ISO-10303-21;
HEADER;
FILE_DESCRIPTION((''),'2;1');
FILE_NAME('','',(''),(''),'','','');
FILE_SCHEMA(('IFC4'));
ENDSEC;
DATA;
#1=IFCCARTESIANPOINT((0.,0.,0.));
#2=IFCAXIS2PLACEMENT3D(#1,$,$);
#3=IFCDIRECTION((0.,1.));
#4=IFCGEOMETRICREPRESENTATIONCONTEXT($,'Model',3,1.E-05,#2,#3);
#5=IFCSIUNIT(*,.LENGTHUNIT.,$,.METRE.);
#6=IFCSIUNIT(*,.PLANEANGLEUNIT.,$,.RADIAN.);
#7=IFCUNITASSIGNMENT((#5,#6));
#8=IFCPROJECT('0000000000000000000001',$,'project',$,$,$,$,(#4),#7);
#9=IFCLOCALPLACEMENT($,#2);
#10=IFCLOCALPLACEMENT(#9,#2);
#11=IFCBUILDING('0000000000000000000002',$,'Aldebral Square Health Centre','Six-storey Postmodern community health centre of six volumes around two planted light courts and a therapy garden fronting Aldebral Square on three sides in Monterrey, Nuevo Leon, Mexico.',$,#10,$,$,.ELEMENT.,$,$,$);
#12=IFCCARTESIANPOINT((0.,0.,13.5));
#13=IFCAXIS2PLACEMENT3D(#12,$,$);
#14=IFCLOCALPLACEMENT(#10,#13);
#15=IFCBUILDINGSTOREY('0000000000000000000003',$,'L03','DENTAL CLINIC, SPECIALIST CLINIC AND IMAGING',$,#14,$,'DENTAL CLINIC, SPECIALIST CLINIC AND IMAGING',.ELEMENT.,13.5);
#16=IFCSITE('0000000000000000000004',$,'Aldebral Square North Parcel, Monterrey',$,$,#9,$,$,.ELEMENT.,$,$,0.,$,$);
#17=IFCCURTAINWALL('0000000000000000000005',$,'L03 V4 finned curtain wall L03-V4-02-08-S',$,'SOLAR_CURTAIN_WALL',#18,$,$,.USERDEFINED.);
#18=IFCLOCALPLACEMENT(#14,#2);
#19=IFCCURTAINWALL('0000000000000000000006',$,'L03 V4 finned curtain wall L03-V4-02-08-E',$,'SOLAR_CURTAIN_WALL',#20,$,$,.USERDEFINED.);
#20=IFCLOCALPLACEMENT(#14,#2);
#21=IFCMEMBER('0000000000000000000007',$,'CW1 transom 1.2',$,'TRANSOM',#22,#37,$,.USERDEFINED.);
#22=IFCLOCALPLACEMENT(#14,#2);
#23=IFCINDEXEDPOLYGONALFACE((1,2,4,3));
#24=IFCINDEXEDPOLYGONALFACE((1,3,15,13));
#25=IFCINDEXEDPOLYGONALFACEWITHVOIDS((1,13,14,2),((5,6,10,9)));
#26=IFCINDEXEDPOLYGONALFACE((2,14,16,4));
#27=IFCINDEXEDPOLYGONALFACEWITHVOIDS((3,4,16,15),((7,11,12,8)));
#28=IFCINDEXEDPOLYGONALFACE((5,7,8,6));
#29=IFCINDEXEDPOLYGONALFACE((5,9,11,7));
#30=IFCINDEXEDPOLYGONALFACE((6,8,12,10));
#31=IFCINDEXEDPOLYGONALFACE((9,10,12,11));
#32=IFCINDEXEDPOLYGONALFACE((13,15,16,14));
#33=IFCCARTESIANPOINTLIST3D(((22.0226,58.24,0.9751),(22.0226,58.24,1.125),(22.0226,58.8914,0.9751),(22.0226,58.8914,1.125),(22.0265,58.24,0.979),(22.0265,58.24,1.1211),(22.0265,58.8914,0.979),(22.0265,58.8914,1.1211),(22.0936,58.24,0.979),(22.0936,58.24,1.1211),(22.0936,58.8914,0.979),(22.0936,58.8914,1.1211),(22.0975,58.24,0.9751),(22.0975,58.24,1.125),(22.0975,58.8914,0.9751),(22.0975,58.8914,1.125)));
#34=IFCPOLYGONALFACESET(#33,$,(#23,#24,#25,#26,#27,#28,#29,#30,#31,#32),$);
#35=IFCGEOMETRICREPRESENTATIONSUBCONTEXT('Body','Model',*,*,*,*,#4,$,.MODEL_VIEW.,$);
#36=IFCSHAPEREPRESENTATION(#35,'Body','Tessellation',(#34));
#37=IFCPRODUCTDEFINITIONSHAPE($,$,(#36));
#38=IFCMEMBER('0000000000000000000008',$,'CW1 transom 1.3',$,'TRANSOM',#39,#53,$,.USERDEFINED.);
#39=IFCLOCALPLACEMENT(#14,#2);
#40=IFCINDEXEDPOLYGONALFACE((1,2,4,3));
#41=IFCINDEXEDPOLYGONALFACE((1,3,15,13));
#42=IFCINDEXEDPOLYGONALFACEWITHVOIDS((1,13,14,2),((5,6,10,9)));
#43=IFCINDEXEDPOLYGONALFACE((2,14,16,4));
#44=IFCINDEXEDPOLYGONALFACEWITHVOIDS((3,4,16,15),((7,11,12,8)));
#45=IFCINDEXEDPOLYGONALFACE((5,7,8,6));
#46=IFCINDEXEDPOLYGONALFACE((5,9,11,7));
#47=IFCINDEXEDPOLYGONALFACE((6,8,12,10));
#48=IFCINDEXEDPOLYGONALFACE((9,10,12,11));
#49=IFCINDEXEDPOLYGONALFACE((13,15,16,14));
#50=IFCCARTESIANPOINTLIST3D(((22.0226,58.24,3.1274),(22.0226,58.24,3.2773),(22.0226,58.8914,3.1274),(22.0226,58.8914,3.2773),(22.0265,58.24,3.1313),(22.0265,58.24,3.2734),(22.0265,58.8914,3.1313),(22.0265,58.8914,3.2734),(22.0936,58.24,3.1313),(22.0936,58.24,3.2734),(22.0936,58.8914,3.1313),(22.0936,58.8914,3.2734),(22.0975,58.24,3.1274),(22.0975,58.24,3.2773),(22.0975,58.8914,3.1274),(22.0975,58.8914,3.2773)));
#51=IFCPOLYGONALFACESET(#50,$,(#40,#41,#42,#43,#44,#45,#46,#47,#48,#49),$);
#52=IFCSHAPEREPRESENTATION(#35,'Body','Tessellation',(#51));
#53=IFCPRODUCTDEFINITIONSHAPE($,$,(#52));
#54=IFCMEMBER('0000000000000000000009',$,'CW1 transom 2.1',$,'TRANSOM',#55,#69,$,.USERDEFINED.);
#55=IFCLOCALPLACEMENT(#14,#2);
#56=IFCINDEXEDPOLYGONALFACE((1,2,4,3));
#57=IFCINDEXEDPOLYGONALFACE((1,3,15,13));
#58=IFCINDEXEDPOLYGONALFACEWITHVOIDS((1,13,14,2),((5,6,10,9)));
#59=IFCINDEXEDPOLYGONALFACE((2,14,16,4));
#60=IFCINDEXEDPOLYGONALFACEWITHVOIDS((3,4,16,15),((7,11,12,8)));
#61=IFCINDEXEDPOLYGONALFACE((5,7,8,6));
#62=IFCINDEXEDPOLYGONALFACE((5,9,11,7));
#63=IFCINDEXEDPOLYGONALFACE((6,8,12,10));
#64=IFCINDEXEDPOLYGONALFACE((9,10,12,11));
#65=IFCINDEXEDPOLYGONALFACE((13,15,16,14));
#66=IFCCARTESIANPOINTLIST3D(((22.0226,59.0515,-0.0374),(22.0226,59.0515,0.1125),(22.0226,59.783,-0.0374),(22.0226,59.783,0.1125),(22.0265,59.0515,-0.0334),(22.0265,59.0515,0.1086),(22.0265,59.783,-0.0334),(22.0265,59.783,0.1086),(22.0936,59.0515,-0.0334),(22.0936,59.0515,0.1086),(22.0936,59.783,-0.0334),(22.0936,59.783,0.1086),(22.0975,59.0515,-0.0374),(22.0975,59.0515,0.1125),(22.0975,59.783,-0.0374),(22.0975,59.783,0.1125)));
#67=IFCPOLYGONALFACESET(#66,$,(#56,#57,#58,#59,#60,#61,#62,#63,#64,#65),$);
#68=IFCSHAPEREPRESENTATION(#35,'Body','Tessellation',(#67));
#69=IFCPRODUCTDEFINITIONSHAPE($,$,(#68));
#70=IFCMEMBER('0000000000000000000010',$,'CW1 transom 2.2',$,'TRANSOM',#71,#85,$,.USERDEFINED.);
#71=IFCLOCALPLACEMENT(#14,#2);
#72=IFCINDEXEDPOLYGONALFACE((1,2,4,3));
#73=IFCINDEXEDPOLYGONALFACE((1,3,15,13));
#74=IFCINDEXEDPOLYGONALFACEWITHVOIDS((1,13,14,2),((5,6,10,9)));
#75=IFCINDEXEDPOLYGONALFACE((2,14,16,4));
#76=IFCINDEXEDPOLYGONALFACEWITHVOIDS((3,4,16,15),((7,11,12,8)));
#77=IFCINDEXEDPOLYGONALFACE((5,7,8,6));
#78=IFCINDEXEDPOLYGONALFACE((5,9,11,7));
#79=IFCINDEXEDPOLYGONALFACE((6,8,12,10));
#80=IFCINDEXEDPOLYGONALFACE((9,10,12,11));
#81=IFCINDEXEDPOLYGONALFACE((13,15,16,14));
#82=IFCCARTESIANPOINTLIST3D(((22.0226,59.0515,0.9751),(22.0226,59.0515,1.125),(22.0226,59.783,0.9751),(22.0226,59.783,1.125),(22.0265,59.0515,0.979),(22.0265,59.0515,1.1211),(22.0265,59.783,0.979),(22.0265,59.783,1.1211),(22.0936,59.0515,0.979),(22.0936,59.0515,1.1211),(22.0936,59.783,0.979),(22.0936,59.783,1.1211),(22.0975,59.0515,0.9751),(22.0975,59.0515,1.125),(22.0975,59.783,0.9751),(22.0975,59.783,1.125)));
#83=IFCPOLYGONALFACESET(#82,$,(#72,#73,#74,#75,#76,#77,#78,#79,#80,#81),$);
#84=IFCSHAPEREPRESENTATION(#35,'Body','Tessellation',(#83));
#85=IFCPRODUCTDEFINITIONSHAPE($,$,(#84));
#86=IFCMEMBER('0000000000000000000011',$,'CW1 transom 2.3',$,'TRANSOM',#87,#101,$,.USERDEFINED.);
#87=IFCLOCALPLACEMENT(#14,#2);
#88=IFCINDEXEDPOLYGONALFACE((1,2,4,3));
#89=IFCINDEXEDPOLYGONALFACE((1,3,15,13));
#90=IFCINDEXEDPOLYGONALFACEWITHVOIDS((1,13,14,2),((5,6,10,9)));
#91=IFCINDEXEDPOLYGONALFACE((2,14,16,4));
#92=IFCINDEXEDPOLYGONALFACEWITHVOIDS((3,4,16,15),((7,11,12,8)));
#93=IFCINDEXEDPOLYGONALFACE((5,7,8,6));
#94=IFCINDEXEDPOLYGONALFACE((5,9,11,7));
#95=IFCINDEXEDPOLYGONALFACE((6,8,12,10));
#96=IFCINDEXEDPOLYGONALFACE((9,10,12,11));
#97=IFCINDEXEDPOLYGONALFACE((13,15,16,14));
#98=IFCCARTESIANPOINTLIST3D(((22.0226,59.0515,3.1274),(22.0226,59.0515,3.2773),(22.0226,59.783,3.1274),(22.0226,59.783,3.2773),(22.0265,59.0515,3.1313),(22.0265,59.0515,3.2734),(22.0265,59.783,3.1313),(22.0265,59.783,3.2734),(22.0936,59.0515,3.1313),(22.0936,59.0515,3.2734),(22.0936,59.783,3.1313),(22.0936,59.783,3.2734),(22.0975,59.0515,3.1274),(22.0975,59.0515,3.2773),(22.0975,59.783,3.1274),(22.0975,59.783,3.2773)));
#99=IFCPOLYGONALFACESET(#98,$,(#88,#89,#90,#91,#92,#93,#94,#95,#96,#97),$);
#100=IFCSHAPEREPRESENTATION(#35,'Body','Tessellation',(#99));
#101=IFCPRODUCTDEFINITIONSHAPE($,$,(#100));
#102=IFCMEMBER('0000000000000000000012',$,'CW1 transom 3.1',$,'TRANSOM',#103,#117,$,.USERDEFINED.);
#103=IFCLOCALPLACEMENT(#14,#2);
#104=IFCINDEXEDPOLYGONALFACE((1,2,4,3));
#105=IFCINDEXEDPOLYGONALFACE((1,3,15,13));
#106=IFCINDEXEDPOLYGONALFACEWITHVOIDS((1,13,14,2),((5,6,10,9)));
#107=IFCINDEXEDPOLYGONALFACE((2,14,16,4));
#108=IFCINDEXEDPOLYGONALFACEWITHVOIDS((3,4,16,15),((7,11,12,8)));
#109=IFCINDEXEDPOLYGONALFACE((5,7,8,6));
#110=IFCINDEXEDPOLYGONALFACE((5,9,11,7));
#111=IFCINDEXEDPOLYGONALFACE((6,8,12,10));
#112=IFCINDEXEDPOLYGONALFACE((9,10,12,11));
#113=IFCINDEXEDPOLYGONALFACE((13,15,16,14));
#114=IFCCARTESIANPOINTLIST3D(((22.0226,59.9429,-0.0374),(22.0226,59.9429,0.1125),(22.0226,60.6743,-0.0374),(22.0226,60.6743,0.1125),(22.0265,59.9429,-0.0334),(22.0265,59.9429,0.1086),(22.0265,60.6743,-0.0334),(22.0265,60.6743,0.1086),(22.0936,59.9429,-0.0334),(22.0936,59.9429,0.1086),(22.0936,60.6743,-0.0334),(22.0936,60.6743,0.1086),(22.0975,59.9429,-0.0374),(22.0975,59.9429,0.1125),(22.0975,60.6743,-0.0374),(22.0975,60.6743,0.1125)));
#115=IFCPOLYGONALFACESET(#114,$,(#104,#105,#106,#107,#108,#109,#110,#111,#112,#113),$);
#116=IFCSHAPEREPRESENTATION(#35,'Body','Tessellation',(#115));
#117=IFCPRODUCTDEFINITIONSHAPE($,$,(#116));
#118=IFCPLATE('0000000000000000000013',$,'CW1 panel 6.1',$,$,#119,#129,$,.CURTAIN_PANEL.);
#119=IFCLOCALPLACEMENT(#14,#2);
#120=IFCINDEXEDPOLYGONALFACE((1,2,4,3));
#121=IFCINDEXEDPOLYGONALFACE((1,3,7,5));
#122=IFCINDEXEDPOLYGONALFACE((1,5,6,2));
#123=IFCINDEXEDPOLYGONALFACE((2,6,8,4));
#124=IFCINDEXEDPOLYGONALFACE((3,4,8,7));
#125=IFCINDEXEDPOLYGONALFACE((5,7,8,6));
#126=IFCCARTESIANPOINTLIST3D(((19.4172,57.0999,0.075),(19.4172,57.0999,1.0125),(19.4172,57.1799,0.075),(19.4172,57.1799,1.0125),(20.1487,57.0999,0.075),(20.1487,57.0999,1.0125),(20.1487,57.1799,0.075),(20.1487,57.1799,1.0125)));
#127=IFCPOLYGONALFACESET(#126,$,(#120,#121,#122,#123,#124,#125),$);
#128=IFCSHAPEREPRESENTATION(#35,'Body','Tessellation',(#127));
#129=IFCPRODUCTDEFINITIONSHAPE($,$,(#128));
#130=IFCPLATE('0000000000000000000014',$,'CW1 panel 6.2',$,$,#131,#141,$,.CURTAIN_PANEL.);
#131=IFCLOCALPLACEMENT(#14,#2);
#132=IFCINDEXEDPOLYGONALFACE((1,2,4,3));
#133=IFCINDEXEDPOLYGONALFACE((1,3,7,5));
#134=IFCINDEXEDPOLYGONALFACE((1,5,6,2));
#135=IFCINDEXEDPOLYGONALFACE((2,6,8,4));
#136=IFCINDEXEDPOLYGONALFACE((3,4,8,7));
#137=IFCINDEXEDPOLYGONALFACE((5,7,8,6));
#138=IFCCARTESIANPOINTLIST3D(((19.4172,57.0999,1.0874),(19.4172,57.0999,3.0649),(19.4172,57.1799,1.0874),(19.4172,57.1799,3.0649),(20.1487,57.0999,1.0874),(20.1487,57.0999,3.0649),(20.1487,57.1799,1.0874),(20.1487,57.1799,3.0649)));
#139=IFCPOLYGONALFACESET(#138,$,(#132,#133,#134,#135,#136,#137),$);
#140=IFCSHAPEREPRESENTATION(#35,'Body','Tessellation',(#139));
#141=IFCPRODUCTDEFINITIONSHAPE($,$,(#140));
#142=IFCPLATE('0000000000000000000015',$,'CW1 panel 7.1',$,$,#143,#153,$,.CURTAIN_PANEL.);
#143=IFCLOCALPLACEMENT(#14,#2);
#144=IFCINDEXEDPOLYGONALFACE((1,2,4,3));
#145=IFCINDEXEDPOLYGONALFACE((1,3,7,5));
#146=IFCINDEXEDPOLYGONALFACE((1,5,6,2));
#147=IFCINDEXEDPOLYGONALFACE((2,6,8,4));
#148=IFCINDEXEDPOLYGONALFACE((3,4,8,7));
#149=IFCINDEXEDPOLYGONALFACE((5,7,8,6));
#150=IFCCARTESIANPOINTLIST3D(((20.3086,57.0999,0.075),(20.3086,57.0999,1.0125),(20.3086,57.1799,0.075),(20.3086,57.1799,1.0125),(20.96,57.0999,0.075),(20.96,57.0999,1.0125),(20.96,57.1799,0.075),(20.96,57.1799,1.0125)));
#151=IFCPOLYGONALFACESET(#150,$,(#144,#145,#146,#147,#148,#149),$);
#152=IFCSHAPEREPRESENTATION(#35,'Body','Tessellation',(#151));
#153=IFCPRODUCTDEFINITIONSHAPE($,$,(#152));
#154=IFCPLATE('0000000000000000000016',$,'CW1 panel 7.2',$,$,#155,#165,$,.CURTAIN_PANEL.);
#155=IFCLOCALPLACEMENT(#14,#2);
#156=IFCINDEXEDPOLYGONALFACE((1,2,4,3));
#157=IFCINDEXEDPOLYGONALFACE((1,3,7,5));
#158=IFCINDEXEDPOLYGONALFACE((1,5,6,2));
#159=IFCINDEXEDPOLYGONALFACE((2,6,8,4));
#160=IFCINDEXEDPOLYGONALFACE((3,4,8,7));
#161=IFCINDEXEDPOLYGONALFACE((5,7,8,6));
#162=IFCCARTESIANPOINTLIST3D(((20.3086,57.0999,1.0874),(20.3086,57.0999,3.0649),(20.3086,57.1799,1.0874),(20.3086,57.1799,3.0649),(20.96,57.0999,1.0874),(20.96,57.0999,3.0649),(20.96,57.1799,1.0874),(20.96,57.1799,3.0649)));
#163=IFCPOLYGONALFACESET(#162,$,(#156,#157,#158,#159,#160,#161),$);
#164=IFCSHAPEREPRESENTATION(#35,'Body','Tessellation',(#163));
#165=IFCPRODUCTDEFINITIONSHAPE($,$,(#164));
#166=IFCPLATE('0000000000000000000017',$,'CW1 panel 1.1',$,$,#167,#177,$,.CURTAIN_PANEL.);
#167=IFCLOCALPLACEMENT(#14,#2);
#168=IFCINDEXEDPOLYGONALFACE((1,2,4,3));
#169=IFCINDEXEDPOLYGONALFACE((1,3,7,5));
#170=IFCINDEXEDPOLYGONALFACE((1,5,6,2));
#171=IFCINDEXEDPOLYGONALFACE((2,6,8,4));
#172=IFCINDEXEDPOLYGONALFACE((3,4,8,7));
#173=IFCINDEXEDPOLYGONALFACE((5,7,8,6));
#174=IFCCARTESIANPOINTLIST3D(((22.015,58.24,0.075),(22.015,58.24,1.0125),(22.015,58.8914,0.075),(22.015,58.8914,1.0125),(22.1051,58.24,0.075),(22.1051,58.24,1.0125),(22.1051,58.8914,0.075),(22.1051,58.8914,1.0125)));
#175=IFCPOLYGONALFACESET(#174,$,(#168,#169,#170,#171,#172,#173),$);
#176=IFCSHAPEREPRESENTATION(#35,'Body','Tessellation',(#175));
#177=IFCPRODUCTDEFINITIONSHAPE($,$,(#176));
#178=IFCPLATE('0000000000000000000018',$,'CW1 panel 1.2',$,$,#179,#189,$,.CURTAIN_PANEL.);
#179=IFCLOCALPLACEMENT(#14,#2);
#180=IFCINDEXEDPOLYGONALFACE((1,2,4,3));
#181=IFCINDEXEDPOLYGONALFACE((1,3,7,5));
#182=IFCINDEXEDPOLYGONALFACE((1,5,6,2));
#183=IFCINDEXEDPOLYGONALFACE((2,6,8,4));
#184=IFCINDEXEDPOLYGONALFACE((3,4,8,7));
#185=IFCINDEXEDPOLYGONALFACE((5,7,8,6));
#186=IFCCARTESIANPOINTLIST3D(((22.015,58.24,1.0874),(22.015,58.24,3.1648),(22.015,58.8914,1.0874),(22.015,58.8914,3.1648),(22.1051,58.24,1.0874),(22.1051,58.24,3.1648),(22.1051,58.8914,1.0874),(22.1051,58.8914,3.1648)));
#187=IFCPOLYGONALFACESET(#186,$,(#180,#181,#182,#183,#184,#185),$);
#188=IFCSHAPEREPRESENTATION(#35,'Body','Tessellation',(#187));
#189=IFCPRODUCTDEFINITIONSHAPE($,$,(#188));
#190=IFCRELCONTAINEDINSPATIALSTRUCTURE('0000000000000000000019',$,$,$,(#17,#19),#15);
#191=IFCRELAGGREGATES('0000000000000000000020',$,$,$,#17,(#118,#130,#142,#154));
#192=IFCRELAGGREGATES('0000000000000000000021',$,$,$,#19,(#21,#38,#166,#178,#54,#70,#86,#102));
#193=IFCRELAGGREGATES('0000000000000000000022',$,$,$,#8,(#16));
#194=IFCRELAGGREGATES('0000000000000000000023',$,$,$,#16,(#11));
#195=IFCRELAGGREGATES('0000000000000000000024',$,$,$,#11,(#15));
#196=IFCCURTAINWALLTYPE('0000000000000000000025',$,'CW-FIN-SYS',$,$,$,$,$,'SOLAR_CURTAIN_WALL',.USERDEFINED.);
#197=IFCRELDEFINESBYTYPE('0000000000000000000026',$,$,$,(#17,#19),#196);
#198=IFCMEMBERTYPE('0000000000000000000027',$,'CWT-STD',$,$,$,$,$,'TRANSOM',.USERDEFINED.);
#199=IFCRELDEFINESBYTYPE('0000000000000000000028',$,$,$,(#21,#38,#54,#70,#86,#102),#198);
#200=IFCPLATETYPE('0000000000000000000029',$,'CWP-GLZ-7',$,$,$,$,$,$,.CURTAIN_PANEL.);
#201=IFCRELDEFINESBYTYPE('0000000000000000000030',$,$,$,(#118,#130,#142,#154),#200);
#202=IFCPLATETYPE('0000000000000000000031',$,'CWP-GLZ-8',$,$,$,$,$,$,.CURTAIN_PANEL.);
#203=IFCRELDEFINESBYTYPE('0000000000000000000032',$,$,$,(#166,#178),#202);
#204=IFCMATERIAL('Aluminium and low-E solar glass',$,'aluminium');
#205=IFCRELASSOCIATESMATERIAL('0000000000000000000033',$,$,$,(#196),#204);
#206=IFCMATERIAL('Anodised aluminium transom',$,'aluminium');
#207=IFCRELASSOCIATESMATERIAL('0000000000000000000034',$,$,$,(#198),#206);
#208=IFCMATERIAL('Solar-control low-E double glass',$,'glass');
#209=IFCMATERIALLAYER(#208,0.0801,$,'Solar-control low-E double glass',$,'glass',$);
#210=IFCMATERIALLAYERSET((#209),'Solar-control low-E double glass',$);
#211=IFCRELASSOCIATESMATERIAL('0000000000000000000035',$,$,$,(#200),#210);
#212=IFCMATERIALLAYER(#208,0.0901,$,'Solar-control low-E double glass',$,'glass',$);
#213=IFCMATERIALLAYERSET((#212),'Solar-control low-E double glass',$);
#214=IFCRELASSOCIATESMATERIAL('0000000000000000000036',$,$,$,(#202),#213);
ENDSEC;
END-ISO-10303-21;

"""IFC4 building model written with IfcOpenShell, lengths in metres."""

from ifc_helpers import new_model, si_unit, direction, frame, origin, origin_2d, place, context, subcontext, project, spatial, rectangle, hollow_rectangle, extrude, material, layer, layer_set, material_profile, profile_set, type_object, element, aggregate, save


model = new_model("IFC4")

# Units and contexts
model_context = context("Model", 3, precision=1e-05, world=origin(), true_north=direction((0.0, 1.0)))
body_context = subcontext(model_context, "Body", "Model", "MODEL_VIEW")
ifc_project = project(units=[si_unit("LENGTHUNIT", "METRE"), si_unit("PLANEANGLEUNIT", "RADIAN")], contexts=[model_context])

# Site, building, storey
site_placement = place(None, origin())
site = spatial("IfcSite", under=ifc_project, at=site_placement, Name="Aldebral Square North Parcel, Monterrey", CompositionType="ELEMENT", RefElevation=0.0)
building_placement = place(site_placement, origin())
building = spatial("IfcBuilding", under=site, at=building_placement, Name="Aldebral Square Health Centre", Description="Six-storey Postmodern community health centre of six volumes around two planted light courts and a therapy garden fronting Aldebral Square on three sides in Monterrey, Nuevo Leon, Mexico.", CompositionType="ELEMENT")
storey_placement = place(building_placement, frame((0.0, 0.0, 13.5)))
storey = spatial("IfcBuildingStorey", under=building, at=storey_placement, Name="L03", Description="DENTAL CLINIC, SPECIALIST CLINIC AND IMAGING", LongName="DENTAL CLINIC, SPECIALIST CLINIC AND IMAGING", CompositionType="ELEMENT", Elevation=13.5)

# Curtain walls
ifc_material_1 = material(Name="Aluminium and low-E solar glass", Category="aluminium")
curtain_wall_type = type_object("IfcCurtainWallType", Name="CW-FIN-SYS", ElementType="SOLAR_CURTAIN_WALL", PredefinedType="USERDEFINED", material=ifc_material_1)
curtain_wall_1_placement = place(storey_placement, origin())
curtain_wall_1 = element("IfcCurtainWall", 1, at=curtain_wall_1_placement, inside=storey, type_object=curtain_wall_type, Name="L03 V4 finned curtain wall L03-V4-02-08-S", ObjectType="SOLAR_CURTAIN_WALL", PredefinedType="USERDEFINED")
curtain_wall_2_placement = place(storey_placement, origin())
curtain_wall_2 = element("IfcCurtainWall", 2, at=curtain_wall_2_placement, inside=storey, type_object=curtain_wall_type, Name="L03 V4 finned curtain wall L03-V4-02-08-E", ObjectType="SOLAR_CURTAIN_WALL", PredefinedType="USERDEFINED")

# Members
ifc_material_2 = material(Name="Anodised aluminium transom", Category="aluminium")
ifc_material_profile_1 = material_profile(ifc_material_2, hollow_rectangle(XDim=0.075, YDim=0.1499, WallThickness=0.0039, at=origin_2d()), Name="CWT 75x150x4")
ifc_profile_set_1 = profile_set([ifc_material_profile_1], Name="Anodised aluminium transom")
member_type_1 = type_object("IfcMemberType", Name="CWT-STD", ElementType="TRANSOM", PredefinedType="USERDEFINED", material=ifc_profile_set_1)
member_1_placement = place(storey_placement, frame((22.0601, 58.24, 1.05), z_axis=(0.0, 1.0, 0.0), x_axis=(-1.0, 0.0, 0.0)))
member_1 = element("IfcMember", 3, at=member_1_placement, type_object=member_type_1, Name="CW1 transom 1.2", ObjectType="TRANSOM", PredefinedType="USERDEFINED", context=body_context, shape_type="SweptSolid", body=[
    extrude(hollow_rectangle(XDim=0.075, YDim=0.1499, WallThickness=0.0039, at=origin_2d()), origin(), (0.0, 0.0, 1.0), 0.6514),
])
member_2_placement = place(storey_placement, frame((22.0601, 58.24, 3.2024), z_axis=(0.0, 1.0, 0.0), x_axis=(-1.0, 0.0, 0.0)))
member_2 = element("IfcMember", 4, at=member_2_placement, type_object=member_type_1, Name="CW1 transom 1.3", ObjectType="TRANSOM", PredefinedType="USERDEFINED", context=body_context, shape_type="SweptSolid", body=[
    extrude(hollow_rectangle(XDim=0.075, YDim=0.1499, WallThickness=0.0039, at=origin_2d()), origin(), (0.0, 0.0, 1.0), 0.6514),
])
member_3_placement = place(storey_placement, frame((22.0601, 59.0515, 0.0376), z_axis=(0.0, 1.0, 0.0), x_axis=(-1.0, 0.0, 0.0)))
member_3 = element("IfcMember", 5, at=member_3_placement, type_object=member_type_1, Name="CW1 transom 2.1", ObjectType="TRANSOM", PredefinedType="USERDEFINED", context=body_context, shape_type="SweptSolid", body=[
    extrude(hollow_rectangle(XDim=0.075, YDim=0.1499, WallThickness=0.0039, at=origin_2d()), origin(), (0.0, 0.0, 1.0), 0.7314),
])
member_4_placement = place(storey_placement, frame((22.0601, 59.0515, 1.05), z_axis=(0.0, 1.0, 0.0), x_axis=(-1.0, 0.0, 0.0)))
member_4 = element("IfcMember", 6, at=member_4_placement, type_object=member_type_1, Name="CW1 transom 2.2", ObjectType="TRANSOM", PredefinedType="USERDEFINED", context=body_context, shape_type="SweptSolid", body=[
    extrude(hollow_rectangle(XDim=0.075, YDim=0.1499, WallThickness=0.0039, at=origin_2d()), origin(), (0.0, 0.0, 1.0), 0.7314),
])
member_5_placement = place(storey_placement, frame((22.0601, 59.0515, 3.2024), z_axis=(0.0, 1.0, 0.0), x_axis=(-1.0, 0.0, 0.0)))
member_5 = element("IfcMember", 7, at=member_5_placement, type_object=member_type_1, Name="CW1 transom 2.3", ObjectType="TRANSOM", PredefinedType="USERDEFINED", context=body_context, shape_type="SweptSolid", body=[
    extrude(hollow_rectangle(XDim=0.075, YDim=0.1499, WallThickness=0.0039, at=origin_2d()), origin(), (0.0, 0.0, 1.0), 0.7314),
])
member_6_placement = place(storey_placement, frame((22.0601, 59.9429, 0.0376), z_axis=(0.0, 1.0, 0.0), x_axis=(-1.0, 0.0, 0.0)))
member_6 = element("IfcMember", 8, at=member_6_placement, type_object=member_type_1, Name="CW1 transom 3.1", ObjectType="TRANSOM", PredefinedType="USERDEFINED", context=body_context, shape_type="SweptSolid", body=[
    extrude(hollow_rectangle(XDim=0.075, YDim=0.1499, WallThickness=0.0039, at=origin_2d()), origin(), (0.0, 0.0, 1.0), 0.7314),
])

# Plates
ifc_material_3 = material(Name="Solar-control low-E double glass", Category="glass")
ifc_layer_1 = layer(ifc_material_3, 0.0801, Name="Solar-control low-E double glass", Category="glass")
ifc_layer_set_1 = layer_set([ifc_layer_1], Name="Solar-control low-E double glass")
plate_type_1 = type_object("IfcPlateType", Name="CWP-GLZ-7", PredefinedType="CURTAIN_PANEL", material=ifc_layer_set_1)
plate_1_placement = place(storey_placement, frame((19.783, 57.1399, 0.075), z_axis=(0.0, 0.0, 1.0), x_axis=(1.0, 0.0, 0.0)))
plate_1 = element("IfcPlate", 9, at=plate_1_placement, type_object=plate_type_1, Name="CW1 panel 6.1", PredefinedType="CURTAIN_PANEL", context=body_context, shape_type="SweptSolid", body=[
    extrude(rectangle(XDim=0.7314, YDim=0.0801, at=origin_2d()), origin(), (0.0, 0.0, 1.0), 0.9375),
])
plate_2_placement = place(storey_placement, frame((19.783, 57.1399, 1.0874), z_axis=(0.0, 0.0, 1.0), x_axis=(1.0, 0.0, 0.0)))
plate_2 = element("IfcPlate", 10, at=plate_2_placement, type_object=plate_type_1, Name="CW1 panel 6.2", PredefinedType="CURTAIN_PANEL", context=body_context, shape_type="SweptSolid", body=[
    extrude(rectangle(XDim=0.7314, YDim=0.0801, at=origin_2d()), origin(), (0.0, 0.0, 1.0), 1.9775),
])
plate_3_placement = place(storey_placement, frame((20.6343, 57.1399, 0.075), z_axis=(0.0, 0.0, 1.0), x_axis=(1.0, 0.0, 0.0)))
plate_3 = element("IfcPlate", 11, at=plate_3_placement, type_object=plate_type_1, Name="CW1 panel 7.1", PredefinedType="CURTAIN_PANEL", context=body_context, shape_type="SweptSolid", body=[
    extrude(rectangle(XDim=0.6514, YDim=0.0801, at=origin_2d()), origin(), (0.0, 0.0, 1.0), 0.9375),
])
plate_4_placement = place(storey_placement, frame((20.6343, 57.1399, 1.0874), z_axis=(0.0, 0.0, 1.0), x_axis=(1.0, 0.0, 0.0)))
plate_4 = element("IfcPlate", 12, at=plate_4_placement, type_object=plate_type_1, Name="CW1 panel 7.2", PredefinedType="CURTAIN_PANEL", context=body_context, shape_type="SweptSolid", body=[
    extrude(rectangle(XDim=0.6514, YDim=0.0801, at=origin_2d()), origin(), (0.0, 0.0, 1.0), 1.9775),
])
aggregate(curtain_wall_1, [plate_1, plate_2, plate_3, plate_4])
ifc_layer_2 = layer(ifc_material_3, 0.0901, Name="Solar-control low-E double glass", Category="glass")
ifc_layer_set_2 = layer_set([ifc_layer_2], Name="Solar-control low-E double glass")
plate_type_2 = type_object("IfcPlateType", Name="CWP-GLZ-8", PredefinedType="CURTAIN_PANEL", material=ifc_layer_set_2)
plate_5_placement = place(storey_placement, frame((22.0601, 58.5657, 0.075), z_axis=(0.0, 0.0, 1.0), x_axis=(0.0, 1.0, 0.0)))
plate_5 = element("IfcPlate", 13, at=plate_5_placement, type_object=plate_type_2, Name="CW1 panel 1.1", PredefinedType="CURTAIN_PANEL", context=body_context, shape_type="SweptSolid", body=[
    extrude(rectangle(XDim=0.6514, YDim=0.0901, at=origin_2d()), origin(), (0.0, 0.0, 1.0), 0.9375),
])
plate_6_placement = place(storey_placement, frame((22.0601, 58.5657, 1.0874), z_axis=(0.0, 0.0, 1.0), x_axis=(0.0, 1.0, 0.0)))
plate_6 = element("IfcPlate", 14, at=plate_6_placement, type_object=plate_type_2, Name="CW1 panel 1.2", PredefinedType="CURTAIN_PANEL", context=body_context, shape_type="SweptSolid", body=[
    extrude(rectangle(XDim=0.6514, YDim=0.0901, at=origin_2d()), origin(), (0.0, 0.0, 1.0), 2.0774),
])
aggregate(curtain_wall_2, [member_1, member_2, plate_5, plate_6, member_3, member_4, member_5, member_6])

save(model, "model.ifc")
